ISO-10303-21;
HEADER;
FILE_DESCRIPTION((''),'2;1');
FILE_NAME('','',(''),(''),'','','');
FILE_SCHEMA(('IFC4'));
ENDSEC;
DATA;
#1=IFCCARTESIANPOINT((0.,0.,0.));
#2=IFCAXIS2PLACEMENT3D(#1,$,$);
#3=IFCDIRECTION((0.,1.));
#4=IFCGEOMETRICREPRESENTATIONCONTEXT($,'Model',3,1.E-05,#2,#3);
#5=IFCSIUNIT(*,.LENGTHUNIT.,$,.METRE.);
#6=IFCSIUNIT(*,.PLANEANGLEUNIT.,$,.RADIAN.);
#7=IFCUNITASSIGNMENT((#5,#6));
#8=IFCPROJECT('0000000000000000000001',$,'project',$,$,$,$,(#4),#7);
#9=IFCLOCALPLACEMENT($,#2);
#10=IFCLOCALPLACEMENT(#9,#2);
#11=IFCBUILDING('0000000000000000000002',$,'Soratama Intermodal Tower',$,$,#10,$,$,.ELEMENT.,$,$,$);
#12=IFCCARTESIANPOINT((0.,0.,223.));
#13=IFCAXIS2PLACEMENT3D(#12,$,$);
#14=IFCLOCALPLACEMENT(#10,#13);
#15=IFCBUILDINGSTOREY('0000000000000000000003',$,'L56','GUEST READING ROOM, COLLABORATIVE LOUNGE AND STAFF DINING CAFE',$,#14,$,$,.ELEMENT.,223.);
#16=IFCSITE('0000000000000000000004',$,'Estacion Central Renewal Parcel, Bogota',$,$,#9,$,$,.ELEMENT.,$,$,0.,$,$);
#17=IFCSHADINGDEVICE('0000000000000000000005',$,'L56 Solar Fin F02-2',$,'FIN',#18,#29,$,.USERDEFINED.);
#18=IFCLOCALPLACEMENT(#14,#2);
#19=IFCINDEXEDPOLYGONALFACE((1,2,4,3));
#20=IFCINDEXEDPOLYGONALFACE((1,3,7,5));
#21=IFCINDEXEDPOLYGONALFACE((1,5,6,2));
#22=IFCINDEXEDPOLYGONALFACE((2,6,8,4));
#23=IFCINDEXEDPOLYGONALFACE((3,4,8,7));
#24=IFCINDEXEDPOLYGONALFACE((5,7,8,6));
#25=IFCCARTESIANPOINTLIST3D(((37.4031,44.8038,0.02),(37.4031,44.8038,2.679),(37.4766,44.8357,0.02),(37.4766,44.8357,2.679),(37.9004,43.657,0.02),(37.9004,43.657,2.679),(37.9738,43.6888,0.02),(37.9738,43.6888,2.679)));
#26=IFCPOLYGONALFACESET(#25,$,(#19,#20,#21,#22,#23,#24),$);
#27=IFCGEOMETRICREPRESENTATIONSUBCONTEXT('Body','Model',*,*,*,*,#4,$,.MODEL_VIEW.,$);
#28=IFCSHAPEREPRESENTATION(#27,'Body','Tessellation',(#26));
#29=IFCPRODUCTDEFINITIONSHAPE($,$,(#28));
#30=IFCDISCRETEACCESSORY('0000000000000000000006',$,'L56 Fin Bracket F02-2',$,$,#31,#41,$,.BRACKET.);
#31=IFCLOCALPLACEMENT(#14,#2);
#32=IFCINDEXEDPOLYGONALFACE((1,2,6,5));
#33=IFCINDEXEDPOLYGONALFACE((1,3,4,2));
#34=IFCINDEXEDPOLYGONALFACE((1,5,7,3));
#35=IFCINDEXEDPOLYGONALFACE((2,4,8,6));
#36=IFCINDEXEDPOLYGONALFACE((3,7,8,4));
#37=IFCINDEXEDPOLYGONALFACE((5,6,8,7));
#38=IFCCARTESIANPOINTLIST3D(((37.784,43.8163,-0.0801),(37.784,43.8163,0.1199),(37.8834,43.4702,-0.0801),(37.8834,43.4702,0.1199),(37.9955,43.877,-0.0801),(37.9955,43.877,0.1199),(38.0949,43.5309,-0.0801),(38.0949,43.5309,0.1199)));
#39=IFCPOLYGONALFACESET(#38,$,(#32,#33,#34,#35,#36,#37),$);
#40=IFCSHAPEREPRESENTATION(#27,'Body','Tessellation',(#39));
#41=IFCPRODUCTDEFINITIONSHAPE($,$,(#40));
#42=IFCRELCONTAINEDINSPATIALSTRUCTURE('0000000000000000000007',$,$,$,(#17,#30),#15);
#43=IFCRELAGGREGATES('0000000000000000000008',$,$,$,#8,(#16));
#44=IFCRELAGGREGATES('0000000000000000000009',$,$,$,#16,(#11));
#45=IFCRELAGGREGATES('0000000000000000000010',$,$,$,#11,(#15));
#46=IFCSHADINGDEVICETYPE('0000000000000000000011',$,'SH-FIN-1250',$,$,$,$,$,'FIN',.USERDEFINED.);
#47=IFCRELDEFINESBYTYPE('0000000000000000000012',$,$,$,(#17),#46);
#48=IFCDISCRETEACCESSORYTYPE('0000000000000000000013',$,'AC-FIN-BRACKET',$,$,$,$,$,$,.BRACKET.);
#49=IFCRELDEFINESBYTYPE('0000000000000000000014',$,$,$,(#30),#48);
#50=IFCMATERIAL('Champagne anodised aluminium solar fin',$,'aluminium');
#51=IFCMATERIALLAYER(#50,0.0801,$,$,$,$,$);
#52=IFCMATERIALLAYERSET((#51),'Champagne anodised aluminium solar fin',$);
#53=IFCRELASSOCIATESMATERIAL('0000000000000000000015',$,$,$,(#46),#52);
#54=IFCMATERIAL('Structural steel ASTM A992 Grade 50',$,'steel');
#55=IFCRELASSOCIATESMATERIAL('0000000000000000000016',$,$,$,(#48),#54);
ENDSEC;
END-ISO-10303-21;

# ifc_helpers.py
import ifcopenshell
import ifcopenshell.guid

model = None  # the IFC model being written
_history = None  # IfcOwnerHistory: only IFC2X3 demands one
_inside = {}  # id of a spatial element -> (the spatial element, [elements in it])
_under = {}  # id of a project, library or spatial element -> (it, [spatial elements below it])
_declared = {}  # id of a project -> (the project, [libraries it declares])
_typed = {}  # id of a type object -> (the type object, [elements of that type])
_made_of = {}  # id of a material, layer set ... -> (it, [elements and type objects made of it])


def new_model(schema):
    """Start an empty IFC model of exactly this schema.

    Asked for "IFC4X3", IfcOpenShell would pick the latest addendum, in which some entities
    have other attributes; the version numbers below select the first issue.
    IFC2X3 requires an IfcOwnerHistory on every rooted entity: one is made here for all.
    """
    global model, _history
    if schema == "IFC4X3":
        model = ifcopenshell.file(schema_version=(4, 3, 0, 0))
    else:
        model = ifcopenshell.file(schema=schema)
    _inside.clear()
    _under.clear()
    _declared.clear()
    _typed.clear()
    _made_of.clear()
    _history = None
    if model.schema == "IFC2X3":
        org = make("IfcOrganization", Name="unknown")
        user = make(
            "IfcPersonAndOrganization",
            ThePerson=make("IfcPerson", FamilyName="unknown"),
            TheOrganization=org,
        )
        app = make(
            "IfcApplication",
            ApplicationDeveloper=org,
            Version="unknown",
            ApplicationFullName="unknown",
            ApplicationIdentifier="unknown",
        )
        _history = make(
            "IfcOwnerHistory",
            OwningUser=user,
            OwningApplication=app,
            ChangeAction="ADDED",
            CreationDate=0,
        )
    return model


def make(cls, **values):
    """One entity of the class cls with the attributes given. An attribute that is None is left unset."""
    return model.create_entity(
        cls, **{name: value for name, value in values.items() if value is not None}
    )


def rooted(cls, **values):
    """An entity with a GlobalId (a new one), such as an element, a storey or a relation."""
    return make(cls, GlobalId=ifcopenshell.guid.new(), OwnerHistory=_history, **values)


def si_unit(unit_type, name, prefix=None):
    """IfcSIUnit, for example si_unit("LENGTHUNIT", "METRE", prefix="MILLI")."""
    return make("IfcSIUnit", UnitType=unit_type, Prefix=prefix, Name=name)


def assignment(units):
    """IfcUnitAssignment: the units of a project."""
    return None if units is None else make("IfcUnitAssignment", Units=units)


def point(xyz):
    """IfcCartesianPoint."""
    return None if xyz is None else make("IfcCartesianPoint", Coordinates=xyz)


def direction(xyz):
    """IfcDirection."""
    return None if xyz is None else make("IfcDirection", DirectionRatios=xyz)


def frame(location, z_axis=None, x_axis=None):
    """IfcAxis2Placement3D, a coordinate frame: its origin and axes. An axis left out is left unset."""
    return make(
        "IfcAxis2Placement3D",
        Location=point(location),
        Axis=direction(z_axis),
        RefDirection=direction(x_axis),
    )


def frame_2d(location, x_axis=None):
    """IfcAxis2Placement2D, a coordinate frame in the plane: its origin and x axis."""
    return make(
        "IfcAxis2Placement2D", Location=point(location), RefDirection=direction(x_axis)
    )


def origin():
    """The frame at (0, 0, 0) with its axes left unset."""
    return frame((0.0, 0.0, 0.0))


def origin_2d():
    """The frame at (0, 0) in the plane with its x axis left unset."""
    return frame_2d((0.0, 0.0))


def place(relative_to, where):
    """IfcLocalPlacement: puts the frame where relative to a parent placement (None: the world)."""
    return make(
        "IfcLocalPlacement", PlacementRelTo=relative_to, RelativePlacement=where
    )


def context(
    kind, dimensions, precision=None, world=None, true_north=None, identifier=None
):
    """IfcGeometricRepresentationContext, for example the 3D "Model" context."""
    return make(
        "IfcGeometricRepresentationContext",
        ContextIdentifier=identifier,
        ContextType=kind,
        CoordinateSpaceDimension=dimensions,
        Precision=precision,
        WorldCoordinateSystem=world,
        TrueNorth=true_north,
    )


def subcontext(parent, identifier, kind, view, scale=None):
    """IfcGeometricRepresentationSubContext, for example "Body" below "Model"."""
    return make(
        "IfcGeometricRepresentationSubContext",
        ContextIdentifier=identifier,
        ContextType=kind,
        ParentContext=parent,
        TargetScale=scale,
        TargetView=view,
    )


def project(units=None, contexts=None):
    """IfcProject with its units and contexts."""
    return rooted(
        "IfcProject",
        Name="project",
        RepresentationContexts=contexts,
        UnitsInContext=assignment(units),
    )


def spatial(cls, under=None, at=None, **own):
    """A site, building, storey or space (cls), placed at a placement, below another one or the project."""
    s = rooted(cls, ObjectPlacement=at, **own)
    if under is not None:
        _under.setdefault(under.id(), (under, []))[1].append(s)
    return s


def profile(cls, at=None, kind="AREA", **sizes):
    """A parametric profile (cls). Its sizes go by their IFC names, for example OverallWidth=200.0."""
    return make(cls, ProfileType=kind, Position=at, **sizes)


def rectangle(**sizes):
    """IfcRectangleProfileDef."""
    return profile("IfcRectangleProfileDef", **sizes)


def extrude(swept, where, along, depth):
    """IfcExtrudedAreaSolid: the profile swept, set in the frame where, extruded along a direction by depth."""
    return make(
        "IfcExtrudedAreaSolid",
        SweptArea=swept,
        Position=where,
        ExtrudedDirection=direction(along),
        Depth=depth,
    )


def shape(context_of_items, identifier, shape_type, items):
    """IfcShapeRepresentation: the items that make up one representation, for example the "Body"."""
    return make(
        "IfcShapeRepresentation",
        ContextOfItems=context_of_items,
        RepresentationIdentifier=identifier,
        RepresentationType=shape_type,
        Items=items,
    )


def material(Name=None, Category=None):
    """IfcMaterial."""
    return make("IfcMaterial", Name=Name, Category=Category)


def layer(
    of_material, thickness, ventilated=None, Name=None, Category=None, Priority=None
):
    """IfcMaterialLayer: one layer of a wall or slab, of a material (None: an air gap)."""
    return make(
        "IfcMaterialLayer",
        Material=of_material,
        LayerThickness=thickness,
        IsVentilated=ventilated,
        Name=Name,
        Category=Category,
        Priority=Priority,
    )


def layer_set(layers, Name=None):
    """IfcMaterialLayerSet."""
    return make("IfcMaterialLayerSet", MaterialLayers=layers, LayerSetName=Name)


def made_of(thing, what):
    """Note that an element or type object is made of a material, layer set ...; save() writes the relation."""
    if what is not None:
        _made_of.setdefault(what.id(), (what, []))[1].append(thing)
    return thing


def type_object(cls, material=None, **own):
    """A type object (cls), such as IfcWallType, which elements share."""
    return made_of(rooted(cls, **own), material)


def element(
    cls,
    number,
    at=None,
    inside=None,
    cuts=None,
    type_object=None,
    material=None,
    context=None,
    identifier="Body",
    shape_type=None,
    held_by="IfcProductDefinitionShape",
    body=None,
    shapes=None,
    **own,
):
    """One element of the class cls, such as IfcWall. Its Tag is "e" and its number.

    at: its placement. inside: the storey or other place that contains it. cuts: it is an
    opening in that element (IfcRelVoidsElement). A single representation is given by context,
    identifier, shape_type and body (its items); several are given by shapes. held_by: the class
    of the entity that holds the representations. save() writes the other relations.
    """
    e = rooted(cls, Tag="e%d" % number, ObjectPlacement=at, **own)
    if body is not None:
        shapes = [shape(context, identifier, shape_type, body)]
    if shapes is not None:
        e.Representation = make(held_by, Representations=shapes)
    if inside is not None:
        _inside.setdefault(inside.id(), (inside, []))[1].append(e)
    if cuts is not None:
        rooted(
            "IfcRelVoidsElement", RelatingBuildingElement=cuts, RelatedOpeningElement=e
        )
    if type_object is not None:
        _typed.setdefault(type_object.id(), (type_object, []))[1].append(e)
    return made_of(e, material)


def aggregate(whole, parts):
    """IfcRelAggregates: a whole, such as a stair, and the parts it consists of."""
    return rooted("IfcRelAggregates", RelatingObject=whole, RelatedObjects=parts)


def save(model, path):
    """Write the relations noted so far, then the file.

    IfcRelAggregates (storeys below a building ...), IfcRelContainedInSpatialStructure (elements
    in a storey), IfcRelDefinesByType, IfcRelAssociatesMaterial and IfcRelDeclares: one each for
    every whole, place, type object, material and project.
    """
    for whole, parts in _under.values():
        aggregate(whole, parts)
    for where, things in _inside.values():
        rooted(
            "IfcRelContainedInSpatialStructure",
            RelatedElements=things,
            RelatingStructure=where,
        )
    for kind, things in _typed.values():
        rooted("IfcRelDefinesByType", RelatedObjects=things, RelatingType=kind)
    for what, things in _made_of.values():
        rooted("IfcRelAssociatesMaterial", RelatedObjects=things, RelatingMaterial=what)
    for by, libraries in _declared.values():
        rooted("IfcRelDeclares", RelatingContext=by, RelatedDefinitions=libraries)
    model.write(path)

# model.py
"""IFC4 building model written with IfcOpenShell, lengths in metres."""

from ifc_helpers import new_model, si_unit, direction, frame, origin, origin_2d, place, context, subcontext, project, spatial, rectangle, extrude, material, layer, layer_set, type_object, element, save


model = new_model("IFC4")

# Units and contexts
model_context = context("Model", 3, precision=1e-05, world=origin(), true_north=direction((0.0, 1.0)))
body_context = subcontext(model_context, "Body", "Model", "MODEL_VIEW")
ifc_project = project(units=[si_unit("LENGTHUNIT", "METRE"), si_unit("PLANEANGLEUNIT", "RADIAN")], contexts=[model_context])

# Site, building, storey
site_placement = place(None, origin())
site = spatial("IfcSite", under=ifc_project, at=site_placement, Name="Estacion Central Renewal Parcel, Bogota", CompositionType="ELEMENT", RefElevation=0.0)
building_placement = place(site_placement, origin())
building = spatial("IfcBuilding", under=site, at=building_placement, Name="Soratama Intermodal Tower", CompositionType="ELEMENT")
storey_placement = place(building_placement, frame((0.0, 0.0, 223.0)))
storey = spatial("IfcBuildingStorey", under=building, at=storey_placement, Name="L56", Description="GUEST READING ROOM, COLLABORATIVE LOUNGE AND STAFF DINING CAFE", CompositionType="ELEMENT", Elevation=223.0)

# Shading device
ifc_material_1 = material(Name="Champagne anodised aluminium solar fin", Category="aluminium")
ifc_layer_1 = layer(ifc_material_1, 0.0801)
ifc_layer_set_1 = layer_set([ifc_layer_1], Name="Champagne anodised aluminium solar fin")
shading_device_type = type_object("IfcShadingDeviceType", Name="SH-FIN-1250", ElementType="FIN", PredefinedType="USERDEFINED", material=ifc_layer_set_1)
shading_device_placement = place(storey_placement, frame((37.6885, 44.2463, 0.02), z_axis=(0.0, 0.0, 1.0), x_axis=(-0.397789, 0.917477, 0.0)))
element("IfcShadingDevice", 1, at=shading_device_placement, inside=storey, type_object=shading_device_type, Name="L56 Solar Fin F02-2", ObjectType="FIN", PredefinedType="USERDEFINED", context=body_context, shape_type="SweptSolid", body=[
    extrude(rectangle(XDim=1.25, YDim=0.0801, at=origin_2d()), origin(), (0.0, 0.0, 1.0), 2.6589),
])

# Discrete accessory
ifc_material_2 = material(Name="Structural steel ASTM A992 Grade 50", Category="steel")
discrete_accessory_type = type_object("IfcDiscreteAccessoryType", Name="AC-FIN-BRACKET", PredefinedType="BRACKET", material=ifc_material_2)
discrete_accessory_placement = place(storey_placement, frame((37.9395, 43.6736, -0.0801), z_axis=(0.0, 0.0, 1.0), x_axis=(-0.275973, 0.961165, 0.0)))
element("IfcDiscreteAccessory", 2, at=discrete_accessory_placement, inside=storey, type_object=discrete_accessory_type, Name="L56 Fin Bracket F02-2", PredefinedType="BRACKET", context=body_context, shape_type="SweptSolid", body=[
    extrude(rectangle(XDim=0.3601, YDim=0.22, at=origin_2d()), origin(), (0.0, 0.0, 1.0), 0.2),
])

save(model, "model.ifc")
